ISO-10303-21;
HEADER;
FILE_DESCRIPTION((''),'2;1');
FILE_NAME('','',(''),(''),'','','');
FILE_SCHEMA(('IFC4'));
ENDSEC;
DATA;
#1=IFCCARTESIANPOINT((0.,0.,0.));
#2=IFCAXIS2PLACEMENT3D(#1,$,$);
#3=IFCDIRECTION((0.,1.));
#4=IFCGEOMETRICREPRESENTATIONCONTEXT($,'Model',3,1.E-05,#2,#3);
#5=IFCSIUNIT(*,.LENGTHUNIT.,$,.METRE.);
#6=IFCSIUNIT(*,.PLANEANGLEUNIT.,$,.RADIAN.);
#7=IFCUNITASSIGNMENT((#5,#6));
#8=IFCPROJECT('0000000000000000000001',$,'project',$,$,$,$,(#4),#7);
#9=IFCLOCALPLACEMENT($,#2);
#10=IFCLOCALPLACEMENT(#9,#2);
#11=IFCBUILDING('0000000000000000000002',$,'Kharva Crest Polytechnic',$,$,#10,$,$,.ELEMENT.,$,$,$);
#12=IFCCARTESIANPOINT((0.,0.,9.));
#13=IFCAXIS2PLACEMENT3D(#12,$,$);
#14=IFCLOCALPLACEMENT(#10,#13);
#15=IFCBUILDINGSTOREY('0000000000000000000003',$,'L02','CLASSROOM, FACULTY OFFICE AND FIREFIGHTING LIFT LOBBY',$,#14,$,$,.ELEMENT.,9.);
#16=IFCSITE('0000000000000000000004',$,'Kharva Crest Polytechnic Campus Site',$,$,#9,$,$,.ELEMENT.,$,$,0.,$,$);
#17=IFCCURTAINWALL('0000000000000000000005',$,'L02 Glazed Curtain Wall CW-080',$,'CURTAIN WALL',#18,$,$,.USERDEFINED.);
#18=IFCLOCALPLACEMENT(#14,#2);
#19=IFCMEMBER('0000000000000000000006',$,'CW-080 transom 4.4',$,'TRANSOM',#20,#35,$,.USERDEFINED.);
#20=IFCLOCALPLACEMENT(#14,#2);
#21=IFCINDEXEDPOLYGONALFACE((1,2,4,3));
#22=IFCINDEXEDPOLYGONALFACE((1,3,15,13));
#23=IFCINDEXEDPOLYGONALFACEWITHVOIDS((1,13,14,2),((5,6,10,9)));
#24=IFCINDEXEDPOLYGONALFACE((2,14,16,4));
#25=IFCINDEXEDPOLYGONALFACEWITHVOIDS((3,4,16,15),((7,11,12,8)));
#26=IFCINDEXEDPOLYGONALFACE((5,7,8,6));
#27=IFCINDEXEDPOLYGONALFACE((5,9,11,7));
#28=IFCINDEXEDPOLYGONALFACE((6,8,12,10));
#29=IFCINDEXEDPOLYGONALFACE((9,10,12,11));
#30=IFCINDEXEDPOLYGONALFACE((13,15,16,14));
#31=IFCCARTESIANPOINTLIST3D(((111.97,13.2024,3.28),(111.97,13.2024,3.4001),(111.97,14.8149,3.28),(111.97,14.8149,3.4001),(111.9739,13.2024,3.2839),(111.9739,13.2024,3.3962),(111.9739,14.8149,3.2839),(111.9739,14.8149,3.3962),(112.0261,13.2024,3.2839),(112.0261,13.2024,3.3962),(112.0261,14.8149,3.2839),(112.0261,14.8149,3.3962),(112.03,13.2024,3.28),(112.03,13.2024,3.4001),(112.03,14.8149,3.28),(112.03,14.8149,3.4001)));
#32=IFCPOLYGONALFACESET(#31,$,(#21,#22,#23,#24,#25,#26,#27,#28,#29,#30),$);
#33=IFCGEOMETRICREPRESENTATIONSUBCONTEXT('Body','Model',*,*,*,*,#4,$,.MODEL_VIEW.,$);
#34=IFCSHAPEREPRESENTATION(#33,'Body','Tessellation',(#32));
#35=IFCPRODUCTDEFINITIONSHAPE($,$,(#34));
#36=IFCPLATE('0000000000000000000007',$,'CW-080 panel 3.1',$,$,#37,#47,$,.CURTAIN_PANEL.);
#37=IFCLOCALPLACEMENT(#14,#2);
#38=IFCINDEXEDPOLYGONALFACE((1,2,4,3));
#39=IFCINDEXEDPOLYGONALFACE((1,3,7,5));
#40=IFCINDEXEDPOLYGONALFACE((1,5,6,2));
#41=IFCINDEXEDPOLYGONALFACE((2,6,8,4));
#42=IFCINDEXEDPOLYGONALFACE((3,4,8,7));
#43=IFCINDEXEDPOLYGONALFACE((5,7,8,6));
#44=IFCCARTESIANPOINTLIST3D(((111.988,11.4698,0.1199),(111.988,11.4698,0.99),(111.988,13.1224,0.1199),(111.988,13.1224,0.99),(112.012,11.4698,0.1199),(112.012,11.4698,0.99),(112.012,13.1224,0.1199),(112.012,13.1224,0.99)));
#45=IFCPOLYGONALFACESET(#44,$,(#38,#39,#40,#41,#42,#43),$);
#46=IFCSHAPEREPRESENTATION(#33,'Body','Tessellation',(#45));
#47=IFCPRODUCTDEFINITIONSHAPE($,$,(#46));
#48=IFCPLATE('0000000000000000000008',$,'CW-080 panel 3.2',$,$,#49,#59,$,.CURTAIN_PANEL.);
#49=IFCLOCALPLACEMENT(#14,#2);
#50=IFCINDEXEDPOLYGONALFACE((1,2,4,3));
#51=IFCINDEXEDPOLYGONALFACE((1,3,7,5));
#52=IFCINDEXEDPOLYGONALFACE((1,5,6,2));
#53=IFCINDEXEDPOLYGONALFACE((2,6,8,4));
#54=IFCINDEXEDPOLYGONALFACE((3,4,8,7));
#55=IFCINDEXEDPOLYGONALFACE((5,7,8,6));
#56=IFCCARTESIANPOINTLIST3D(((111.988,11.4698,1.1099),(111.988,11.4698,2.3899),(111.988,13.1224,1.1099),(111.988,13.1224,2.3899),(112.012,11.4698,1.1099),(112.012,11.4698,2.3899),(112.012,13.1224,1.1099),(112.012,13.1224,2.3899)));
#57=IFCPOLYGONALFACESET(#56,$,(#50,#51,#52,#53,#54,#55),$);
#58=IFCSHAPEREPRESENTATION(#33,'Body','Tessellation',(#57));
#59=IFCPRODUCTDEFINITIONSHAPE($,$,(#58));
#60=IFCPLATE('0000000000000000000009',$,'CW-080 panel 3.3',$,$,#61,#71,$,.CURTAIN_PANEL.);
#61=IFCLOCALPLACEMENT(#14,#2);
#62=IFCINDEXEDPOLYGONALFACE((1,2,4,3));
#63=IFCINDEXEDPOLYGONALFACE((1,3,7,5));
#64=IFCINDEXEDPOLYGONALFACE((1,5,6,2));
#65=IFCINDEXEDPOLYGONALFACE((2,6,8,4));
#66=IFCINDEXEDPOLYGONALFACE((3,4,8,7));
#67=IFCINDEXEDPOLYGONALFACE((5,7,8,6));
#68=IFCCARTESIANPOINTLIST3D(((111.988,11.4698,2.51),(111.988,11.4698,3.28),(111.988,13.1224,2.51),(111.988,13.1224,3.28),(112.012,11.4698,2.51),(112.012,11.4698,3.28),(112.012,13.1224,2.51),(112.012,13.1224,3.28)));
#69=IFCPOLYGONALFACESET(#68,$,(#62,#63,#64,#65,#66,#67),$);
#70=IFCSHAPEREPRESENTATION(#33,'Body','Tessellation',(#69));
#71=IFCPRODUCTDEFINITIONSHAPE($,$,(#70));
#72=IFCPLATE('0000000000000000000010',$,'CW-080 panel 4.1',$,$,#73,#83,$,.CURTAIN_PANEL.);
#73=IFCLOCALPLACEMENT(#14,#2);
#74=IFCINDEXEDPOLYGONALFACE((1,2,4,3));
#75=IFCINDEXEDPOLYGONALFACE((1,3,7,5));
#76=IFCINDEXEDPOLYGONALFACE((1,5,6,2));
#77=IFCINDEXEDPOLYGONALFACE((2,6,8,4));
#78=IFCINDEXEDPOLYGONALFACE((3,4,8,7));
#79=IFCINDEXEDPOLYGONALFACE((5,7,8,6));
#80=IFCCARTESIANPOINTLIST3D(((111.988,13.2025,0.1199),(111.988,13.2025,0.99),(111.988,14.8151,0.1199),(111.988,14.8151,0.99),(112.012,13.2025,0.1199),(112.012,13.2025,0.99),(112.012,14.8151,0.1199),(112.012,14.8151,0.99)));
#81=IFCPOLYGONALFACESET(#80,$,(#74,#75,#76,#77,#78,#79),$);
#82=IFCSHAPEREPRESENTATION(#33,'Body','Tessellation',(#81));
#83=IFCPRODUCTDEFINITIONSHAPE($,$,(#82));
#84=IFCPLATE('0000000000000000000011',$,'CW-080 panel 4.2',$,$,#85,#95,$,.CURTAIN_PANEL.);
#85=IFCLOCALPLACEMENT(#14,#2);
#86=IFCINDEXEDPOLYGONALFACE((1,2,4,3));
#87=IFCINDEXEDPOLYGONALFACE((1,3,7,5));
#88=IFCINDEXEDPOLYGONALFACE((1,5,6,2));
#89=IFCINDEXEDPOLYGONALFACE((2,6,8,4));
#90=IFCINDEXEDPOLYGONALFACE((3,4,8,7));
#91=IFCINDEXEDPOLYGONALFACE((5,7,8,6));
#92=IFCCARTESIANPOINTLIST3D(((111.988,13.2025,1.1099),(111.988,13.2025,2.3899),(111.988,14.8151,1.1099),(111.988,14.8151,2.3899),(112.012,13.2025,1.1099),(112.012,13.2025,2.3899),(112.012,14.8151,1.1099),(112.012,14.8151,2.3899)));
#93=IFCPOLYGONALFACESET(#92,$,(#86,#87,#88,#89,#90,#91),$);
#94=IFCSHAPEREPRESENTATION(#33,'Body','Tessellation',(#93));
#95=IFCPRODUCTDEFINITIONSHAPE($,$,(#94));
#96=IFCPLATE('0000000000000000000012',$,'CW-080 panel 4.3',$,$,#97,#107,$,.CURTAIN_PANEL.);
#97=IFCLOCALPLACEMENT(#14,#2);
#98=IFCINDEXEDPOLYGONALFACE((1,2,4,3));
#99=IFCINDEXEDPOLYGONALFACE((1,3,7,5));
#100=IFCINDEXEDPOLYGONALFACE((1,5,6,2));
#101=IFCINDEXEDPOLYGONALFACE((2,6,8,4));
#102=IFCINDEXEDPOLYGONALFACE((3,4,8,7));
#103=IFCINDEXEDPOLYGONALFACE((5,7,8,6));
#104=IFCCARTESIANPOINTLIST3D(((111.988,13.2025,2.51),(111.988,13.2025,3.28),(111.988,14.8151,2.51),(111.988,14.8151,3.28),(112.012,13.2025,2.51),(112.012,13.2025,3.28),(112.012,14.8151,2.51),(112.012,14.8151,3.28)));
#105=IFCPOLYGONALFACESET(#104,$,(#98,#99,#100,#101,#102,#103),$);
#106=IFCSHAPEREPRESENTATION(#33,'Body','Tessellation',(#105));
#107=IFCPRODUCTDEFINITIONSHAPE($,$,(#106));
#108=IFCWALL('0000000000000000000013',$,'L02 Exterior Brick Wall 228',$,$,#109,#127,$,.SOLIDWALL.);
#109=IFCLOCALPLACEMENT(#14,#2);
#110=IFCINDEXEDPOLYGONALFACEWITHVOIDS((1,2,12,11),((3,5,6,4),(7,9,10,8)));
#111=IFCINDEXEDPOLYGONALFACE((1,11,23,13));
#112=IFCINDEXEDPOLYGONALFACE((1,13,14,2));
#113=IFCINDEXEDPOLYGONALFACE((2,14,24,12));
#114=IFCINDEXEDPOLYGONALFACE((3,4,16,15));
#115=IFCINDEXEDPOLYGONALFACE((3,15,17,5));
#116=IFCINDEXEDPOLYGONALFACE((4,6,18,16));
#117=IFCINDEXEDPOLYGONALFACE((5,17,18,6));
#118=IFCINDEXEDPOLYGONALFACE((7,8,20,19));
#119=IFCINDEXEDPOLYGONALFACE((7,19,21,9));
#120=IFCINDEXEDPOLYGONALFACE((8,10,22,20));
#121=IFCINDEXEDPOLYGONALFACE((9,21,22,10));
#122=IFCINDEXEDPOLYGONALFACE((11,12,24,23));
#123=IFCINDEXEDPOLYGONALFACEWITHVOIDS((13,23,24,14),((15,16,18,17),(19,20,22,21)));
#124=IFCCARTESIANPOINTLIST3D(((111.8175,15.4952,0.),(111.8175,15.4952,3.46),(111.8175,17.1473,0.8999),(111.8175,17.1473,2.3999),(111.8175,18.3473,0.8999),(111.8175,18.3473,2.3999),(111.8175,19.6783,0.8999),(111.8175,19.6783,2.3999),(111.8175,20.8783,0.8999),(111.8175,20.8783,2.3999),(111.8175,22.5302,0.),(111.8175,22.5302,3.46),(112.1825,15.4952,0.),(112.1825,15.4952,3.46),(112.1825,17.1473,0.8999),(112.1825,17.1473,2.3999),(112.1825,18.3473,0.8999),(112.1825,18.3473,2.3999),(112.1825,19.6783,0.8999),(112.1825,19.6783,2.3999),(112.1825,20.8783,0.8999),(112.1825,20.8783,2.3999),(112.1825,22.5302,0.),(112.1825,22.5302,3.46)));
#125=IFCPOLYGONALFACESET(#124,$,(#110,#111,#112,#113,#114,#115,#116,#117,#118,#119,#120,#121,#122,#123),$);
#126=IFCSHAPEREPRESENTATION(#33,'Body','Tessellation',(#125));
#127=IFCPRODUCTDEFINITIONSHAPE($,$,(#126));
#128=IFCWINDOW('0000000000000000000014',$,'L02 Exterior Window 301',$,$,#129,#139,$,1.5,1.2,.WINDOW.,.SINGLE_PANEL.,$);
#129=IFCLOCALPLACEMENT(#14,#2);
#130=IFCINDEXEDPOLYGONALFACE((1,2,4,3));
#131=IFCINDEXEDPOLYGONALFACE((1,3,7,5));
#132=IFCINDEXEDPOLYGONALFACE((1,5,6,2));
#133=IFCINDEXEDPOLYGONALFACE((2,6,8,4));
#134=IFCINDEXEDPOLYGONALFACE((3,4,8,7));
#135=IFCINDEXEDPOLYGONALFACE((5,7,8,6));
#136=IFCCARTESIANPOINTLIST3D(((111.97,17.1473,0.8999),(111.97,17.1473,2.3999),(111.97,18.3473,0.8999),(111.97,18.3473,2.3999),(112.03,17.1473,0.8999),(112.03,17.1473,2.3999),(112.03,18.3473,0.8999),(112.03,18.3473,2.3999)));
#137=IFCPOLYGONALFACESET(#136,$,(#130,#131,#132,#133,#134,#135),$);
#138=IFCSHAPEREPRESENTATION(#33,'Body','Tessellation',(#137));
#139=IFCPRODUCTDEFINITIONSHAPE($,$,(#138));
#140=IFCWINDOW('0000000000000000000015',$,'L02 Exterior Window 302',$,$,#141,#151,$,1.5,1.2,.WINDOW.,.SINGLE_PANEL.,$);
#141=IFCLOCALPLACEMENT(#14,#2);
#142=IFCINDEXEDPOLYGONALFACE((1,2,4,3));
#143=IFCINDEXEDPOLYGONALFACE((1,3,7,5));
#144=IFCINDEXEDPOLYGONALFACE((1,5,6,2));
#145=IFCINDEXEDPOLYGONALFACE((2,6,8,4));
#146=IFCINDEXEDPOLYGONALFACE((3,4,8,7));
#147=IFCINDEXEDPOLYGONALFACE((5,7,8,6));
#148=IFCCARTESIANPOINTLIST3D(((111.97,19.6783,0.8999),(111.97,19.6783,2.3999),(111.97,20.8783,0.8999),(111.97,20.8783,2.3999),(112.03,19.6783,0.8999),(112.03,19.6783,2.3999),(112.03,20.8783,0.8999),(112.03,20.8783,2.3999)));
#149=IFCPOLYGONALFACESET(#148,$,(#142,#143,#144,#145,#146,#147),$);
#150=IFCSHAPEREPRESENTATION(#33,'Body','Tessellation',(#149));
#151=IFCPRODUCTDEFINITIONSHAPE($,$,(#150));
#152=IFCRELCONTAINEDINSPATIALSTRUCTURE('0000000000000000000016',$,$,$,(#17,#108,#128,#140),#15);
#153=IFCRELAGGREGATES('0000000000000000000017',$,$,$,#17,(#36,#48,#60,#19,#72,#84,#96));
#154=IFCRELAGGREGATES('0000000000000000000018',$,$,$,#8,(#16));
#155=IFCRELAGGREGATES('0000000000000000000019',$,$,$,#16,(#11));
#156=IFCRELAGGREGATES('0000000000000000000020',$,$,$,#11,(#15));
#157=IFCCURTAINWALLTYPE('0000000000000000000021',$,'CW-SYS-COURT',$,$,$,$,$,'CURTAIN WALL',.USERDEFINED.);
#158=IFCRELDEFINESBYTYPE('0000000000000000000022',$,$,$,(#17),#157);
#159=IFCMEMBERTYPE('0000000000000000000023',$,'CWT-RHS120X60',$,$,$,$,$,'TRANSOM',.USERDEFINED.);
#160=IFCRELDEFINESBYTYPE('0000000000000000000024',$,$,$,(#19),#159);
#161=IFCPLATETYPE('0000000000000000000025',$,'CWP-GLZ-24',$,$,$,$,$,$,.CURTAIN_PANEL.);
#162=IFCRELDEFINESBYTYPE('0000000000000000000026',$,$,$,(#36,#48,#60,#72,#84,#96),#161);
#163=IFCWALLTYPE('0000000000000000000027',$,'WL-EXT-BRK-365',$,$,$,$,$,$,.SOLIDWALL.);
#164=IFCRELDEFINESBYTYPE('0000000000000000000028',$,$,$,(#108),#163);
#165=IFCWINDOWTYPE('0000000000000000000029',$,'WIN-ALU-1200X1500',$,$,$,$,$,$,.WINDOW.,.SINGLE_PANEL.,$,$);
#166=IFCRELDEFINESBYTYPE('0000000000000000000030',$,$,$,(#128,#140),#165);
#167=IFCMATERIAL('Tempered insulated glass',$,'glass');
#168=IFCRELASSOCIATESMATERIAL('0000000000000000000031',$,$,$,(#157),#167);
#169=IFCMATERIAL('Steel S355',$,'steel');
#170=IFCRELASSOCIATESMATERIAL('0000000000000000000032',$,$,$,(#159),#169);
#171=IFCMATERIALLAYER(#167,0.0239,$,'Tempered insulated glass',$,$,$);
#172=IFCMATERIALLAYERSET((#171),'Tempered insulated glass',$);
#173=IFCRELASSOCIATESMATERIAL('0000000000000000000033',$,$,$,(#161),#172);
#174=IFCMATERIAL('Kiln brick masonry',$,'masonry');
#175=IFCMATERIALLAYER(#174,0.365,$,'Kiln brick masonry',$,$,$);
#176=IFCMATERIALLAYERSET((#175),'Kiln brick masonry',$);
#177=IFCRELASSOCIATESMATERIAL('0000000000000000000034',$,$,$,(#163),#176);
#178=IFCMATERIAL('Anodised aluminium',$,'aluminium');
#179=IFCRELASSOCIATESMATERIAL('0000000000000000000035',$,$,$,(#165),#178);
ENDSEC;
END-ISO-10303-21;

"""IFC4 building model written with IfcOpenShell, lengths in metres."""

from ifc_helpers import new_model, si_unit, direction, frame, frame_2d, origin, origin_2d, place, context, subcontext, project, spatial, rectangle, hollow_rectangle, extrude, material, layer, layer_set, material_profile, profile_set, type_object, element, fill, aggregate, save


model = new_model("IFC4")

# Units and contexts
model_context = context("Model", 3, precision=1e-05, world=origin(), true_north=direction((0.0, 1.0)))
body_context = subcontext(model_context, "Body", "Model", "MODEL_VIEW")
ifc_project = project(units=[si_unit("LENGTHUNIT", "METRE"), si_unit("PLANEANGLEUNIT", "RADIAN")], contexts=[model_context])

# Site, building, storey
site_placement = place(None, origin())
site = spatial("IfcSite", under=ifc_project, at=site_placement, Name="Kharva Crest Polytechnic Campus Site", CompositionType="ELEMENT", RefElevation=0.0)
building_placement = place(site_placement, origin())
building = spatial("IfcBuilding", under=site, at=building_placement, Name="Kharva Crest Polytechnic", CompositionType="ELEMENT")
storey_placement = place(building_placement, frame((0.0, 0.0, 9.0)))
storey = spatial("IfcBuildingStorey", under=building, at=storey_placement, Name="L02", Description="CLASSROOM, FACULTY OFFICE AND FIREFIGHTING LIFT LOBBY", CompositionType="ELEMENT", Elevation=9.0)

# Curtain wall, member, plates
ifc_material_1 = material(Name="Tempered insulated glass", Category="glass")
curtain_wall_type = type_object("IfcCurtainWallType", Name="CW-SYS-COURT", ElementType="CURTAIN WALL", PredefinedType="USERDEFINED", material=ifc_material_1)
curtain_wall_placement = place(storey_placement, origin())
curtain_wall = element("IfcCurtainWall", 1, at=curtain_wall_placement, inside=storey, type_object=curtain_wall_type, Name="L02 Glazed Curtain Wall CW-080", ObjectType="CURTAIN WALL", PredefinedType="USERDEFINED")
ifc_material_2 = material(Name="Steel S355", Category="steel")
ifc_material_profile_1 = material_profile(ifc_material_2, hollow_rectangle(XDim=0.0601, YDim=0.1201, WallThickness=0.0039, at=origin_2d()), Name="RHS 120X60X4.0")
ifc_profile_set_1 = profile_set([ifc_material_profile_1], Name="Steel S355")
member_type_1 = type_object("IfcMemberType", Name="CWT-RHS120X60", ElementType="TRANSOM", PredefinedType="USERDEFINED", material=ifc_profile_set_1)
member_1_placement = place(storey_placement, frame((112.0, 13.2024, 3.3401), z_axis=(0.0, 1.0, 0.0), x_axis=(-1.0, 0.0, 0.0)))
member_1 = element("IfcMember", 2, at=member_1_placement, type_object=member_type_1, Name="CW-080 transom 4.4", ObjectType="TRANSOM", PredefinedType="USERDEFINED", context=body_context, shape_type="SweptSolid", body=[
    extrude(hollow_rectangle(XDim=0.0601, YDim=0.1201, WallThickness=0.0039, at=origin_2d()), origin(), (0.0, 0.0, 1.0), 1.6125),
])
ifc_layer_1 = layer(ifc_material_1, 0.0239, Name="Tempered insulated glass")
ifc_layer_set_1 = layer_set([ifc_layer_1], Name="Tempered insulated glass")
plate_type = type_object("IfcPlateType", Name="CWP-GLZ-24", PredefinedType="CURTAIN_PANEL", material=ifc_layer_set_1)
plate_1_placement = place(storey_placement, frame((112.0, 12.2961, 0.1199), z_axis=(0.0, 0.0, 1.0), x_axis=(0.0, 1.0, 0.0)))
plate_1 = element("IfcPlate", 3, at=plate_1_placement, type_object=plate_type, Name="CW-080 panel 3.1", PredefinedType="CURTAIN_PANEL", context=body_context, shape_type="SweptSolid", body=[
    extrude(rectangle(XDim=1.6526, YDim=0.0239, at=origin_2d()), origin(), (0.0, 0.0, 1.0), 0.8701),
])
plate_2_placement = place(storey_placement, frame((112.0, 12.2961, 1.1099), z_axis=(0.0, 0.0, 1.0), x_axis=(0.0, 1.0, 0.0)))
plate_2 = element("IfcPlate", 4, at=plate_2_placement, type_object=plate_type, Name="CW-080 panel 3.2", PredefinedType="CURTAIN_PANEL", context=body_context, shape_type="SweptSolid", body=[
    extrude(rectangle(XDim=1.6526, YDim=0.0239, at=origin_2d()), origin(), (0.0, 0.0, 1.0), 1.28),
])
plate_3_placement = place(storey_placement, frame((112.0, 12.2961, 2.51), z_axis=(0.0, 0.0, 1.0), x_axis=(0.0, 1.0, 0.0)))
plate_3 = element("IfcPlate", 5, at=plate_3_placement, type_object=plate_type, Name="CW-080 panel 3.3", PredefinedType="CURTAIN_PANEL", context=body_context, shape_type="SweptSolid", body=[
    extrude(rectangle(XDim=1.6526, YDim=0.0239, at=origin_2d()), origin(), (0.0, 0.0, 1.0), 0.77),
])
plate_4_placement = place(storey_placement, frame((112.0, 14.0088, 0.1199), z_axis=(0.0, 0.0, 1.0), x_axis=(0.0, 1.0, 0.0)))
plate_4 = element("IfcPlate", 6, at=plate_4_placement, type_object=plate_type, Name="CW-080 panel 4.1", PredefinedType="CURTAIN_PANEL", context=body_context, shape_type="SweptSolid", body=[
    extrude(rectangle(XDim=1.6125, YDim=0.0239, at=origin_2d()), origin(), (0.0, 0.0, 1.0), 0.8701),
])
plate_5_placement = place(storey_placement, frame((112.0, 14.0088, 1.1099), z_axis=(0.0, 0.0, 1.0), x_axis=(0.0, 1.0, 0.0)))
plate_5 = element("IfcPlate", 7, at=plate_5_placement, type_object=plate_type, Name="CW-080 panel 4.2", PredefinedType="CURTAIN_PANEL", context=body_context, shape_type="SweptSolid", body=[
    extrude(rectangle(XDim=1.6125, YDim=0.0239, at=origin_2d()), origin(), (0.0, 0.0, 1.0), 1.28),
])
plate_6_placement = place(storey_placement, frame((112.0, 14.0088, 2.51), z_axis=(0.0, 0.0, 1.0), x_axis=(0.0, 1.0, 0.0)))
plate_6 = element("IfcPlate", 8, at=plate_6_placement, type_object=plate_type, Name="CW-080 panel 4.3", PredefinedType="CURTAIN_PANEL", context=body_context, shape_type="SweptSolid", body=[
    extrude(rectangle(XDim=1.6125, YDim=0.0239, at=origin_2d()), origin(), (0.0, 0.0, 1.0), 0.77),
])
aggregate(curtain_wall, [plate_1, plate_2, plate_3, member_1, plate_4, plate_5, plate_6])

# Wall, openings, windows
ifc_material_3 = material(Name="Kiln brick masonry", Category="masonry")
ifc_layer_2 = layer(ifc_material_3, 0.365, Name="Kiln brick masonry")
ifc_layer_set_2 = layer_set([ifc_layer_2], Name="Kiln brick masonry")
wall_type = type_object("IfcWallType", Name="WL-EXT-BRK-365", PredefinedType="SOLIDWALL", material=ifc_layer_set_2)
wall_placement = place(storey_placement, frame((112.0, 15.4951, 0.0), z_axis=(0.0, 0.0, 1.0), x_axis=(0.0, 1.0, 0.0)))
wall = element("IfcWall", 9, at=wall_placement, inside=storey, type_object=wall_type, Name="L02 Exterior Brick Wall 228", PredefinedType="SOLIDWALL", context=body_context, shape_type="SweptSolid", body=[
    extrude(rectangle(XDim=7.0349, YDim=0.365, at=frame_2d((3.5176, 0.0))), origin(), (0.0, 0.0, 1.0), 3.46),
])
opening_1_placement = place(wall_placement, frame((1.6521, 0.0, 0.8999)))
opening_1 = element("IfcOpeningElement", 10, at=opening_1_placement, cuts=wall, PredefinedType="OPENING", context=body_context, shape_type="SweptSolid", body=[
    extrude(rectangle(XDim=1.2, YDim=1.5, at=frame_2d((0.6001, 0.75))), frame((0.0, 0.1924, 0.0), z_axis=(0.0, -1.0, 0.0), x_axis=(1.0, 0.0, 0.0)), (0.0, 0.0, 1.0), 0.385),
])
opening_2_placement = place(wall_placement, frame((4.1831, 0.0, 0.8999)))
opening_2 = element("IfcOpeningElement", 11, at=opening_2_placement, cuts=wall, PredefinedType="OPENING", context=body_context, shape_type="SweptSolid", body=[
    extrude(rectangle(XDim=1.2, YDim=1.5, at=frame_2d((0.6001, 0.75))), frame((0.0, 0.1924, 0.0), z_axis=(0.0, -1.0, 0.0), x_axis=(1.0, 0.0, 0.0)), (0.0, 0.0, 1.0), 0.385),
])
ifc_material_4 = material(Name="Anodised aluminium", Category="aluminium")
window_type = type_object("IfcWindowType", Name="WIN-ALU-1200X1500", PartitioningType="SINGLE_PANEL", PredefinedType="WINDOW", material=ifc_material_4)
window_1_placement = place(opening_1_placement, origin())
window_1 = element("IfcWindow", 12, at=window_1_placement, inside=storey, type_object=window_type, Name="L02 Exterior Window 301", OverallHeight=1.5, OverallWidth=1.2, PartitioningType="SINGLE_PANEL", PredefinedType="WINDOW", context=body_context, shape_type="SweptSolid", body=[
    extrude(rectangle(XDim=1.2, YDim=1.5, at=frame_2d((0.6001, 0.75))), frame((0.0, 0.03, 0.0), z_axis=(0.0, -1.0, 0.0), x_axis=(1.0, 0.0, 0.0)), (0.0, 0.0, 1.0), 0.0601),
])
fill(opening_1, window_1)
window_2_placement = place(opening_2_placement, origin())
window_2 = element("IfcWindow", 13, at=window_2_placement, inside=storey, type_object=window_type, Name="L02 Exterior Window 302", OverallHeight=1.5, OverallWidth=1.2, PartitioningType="SINGLE_PANEL", PredefinedType="WINDOW", context=body_context, shape_type="SweptSolid", body=[
    extrude(rectangle(XDim=1.2, YDim=1.5, at=frame_2d((0.6001, 0.75))), frame((0.0, 0.03, 0.0), z_axis=(0.0, -1.0, 0.0), x_axis=(1.0, 0.0, 0.0)), (0.0, 0.0, 1.0), 0.0601),
])
fill(opening_2, window_2)

save(model, "model.ifc")
